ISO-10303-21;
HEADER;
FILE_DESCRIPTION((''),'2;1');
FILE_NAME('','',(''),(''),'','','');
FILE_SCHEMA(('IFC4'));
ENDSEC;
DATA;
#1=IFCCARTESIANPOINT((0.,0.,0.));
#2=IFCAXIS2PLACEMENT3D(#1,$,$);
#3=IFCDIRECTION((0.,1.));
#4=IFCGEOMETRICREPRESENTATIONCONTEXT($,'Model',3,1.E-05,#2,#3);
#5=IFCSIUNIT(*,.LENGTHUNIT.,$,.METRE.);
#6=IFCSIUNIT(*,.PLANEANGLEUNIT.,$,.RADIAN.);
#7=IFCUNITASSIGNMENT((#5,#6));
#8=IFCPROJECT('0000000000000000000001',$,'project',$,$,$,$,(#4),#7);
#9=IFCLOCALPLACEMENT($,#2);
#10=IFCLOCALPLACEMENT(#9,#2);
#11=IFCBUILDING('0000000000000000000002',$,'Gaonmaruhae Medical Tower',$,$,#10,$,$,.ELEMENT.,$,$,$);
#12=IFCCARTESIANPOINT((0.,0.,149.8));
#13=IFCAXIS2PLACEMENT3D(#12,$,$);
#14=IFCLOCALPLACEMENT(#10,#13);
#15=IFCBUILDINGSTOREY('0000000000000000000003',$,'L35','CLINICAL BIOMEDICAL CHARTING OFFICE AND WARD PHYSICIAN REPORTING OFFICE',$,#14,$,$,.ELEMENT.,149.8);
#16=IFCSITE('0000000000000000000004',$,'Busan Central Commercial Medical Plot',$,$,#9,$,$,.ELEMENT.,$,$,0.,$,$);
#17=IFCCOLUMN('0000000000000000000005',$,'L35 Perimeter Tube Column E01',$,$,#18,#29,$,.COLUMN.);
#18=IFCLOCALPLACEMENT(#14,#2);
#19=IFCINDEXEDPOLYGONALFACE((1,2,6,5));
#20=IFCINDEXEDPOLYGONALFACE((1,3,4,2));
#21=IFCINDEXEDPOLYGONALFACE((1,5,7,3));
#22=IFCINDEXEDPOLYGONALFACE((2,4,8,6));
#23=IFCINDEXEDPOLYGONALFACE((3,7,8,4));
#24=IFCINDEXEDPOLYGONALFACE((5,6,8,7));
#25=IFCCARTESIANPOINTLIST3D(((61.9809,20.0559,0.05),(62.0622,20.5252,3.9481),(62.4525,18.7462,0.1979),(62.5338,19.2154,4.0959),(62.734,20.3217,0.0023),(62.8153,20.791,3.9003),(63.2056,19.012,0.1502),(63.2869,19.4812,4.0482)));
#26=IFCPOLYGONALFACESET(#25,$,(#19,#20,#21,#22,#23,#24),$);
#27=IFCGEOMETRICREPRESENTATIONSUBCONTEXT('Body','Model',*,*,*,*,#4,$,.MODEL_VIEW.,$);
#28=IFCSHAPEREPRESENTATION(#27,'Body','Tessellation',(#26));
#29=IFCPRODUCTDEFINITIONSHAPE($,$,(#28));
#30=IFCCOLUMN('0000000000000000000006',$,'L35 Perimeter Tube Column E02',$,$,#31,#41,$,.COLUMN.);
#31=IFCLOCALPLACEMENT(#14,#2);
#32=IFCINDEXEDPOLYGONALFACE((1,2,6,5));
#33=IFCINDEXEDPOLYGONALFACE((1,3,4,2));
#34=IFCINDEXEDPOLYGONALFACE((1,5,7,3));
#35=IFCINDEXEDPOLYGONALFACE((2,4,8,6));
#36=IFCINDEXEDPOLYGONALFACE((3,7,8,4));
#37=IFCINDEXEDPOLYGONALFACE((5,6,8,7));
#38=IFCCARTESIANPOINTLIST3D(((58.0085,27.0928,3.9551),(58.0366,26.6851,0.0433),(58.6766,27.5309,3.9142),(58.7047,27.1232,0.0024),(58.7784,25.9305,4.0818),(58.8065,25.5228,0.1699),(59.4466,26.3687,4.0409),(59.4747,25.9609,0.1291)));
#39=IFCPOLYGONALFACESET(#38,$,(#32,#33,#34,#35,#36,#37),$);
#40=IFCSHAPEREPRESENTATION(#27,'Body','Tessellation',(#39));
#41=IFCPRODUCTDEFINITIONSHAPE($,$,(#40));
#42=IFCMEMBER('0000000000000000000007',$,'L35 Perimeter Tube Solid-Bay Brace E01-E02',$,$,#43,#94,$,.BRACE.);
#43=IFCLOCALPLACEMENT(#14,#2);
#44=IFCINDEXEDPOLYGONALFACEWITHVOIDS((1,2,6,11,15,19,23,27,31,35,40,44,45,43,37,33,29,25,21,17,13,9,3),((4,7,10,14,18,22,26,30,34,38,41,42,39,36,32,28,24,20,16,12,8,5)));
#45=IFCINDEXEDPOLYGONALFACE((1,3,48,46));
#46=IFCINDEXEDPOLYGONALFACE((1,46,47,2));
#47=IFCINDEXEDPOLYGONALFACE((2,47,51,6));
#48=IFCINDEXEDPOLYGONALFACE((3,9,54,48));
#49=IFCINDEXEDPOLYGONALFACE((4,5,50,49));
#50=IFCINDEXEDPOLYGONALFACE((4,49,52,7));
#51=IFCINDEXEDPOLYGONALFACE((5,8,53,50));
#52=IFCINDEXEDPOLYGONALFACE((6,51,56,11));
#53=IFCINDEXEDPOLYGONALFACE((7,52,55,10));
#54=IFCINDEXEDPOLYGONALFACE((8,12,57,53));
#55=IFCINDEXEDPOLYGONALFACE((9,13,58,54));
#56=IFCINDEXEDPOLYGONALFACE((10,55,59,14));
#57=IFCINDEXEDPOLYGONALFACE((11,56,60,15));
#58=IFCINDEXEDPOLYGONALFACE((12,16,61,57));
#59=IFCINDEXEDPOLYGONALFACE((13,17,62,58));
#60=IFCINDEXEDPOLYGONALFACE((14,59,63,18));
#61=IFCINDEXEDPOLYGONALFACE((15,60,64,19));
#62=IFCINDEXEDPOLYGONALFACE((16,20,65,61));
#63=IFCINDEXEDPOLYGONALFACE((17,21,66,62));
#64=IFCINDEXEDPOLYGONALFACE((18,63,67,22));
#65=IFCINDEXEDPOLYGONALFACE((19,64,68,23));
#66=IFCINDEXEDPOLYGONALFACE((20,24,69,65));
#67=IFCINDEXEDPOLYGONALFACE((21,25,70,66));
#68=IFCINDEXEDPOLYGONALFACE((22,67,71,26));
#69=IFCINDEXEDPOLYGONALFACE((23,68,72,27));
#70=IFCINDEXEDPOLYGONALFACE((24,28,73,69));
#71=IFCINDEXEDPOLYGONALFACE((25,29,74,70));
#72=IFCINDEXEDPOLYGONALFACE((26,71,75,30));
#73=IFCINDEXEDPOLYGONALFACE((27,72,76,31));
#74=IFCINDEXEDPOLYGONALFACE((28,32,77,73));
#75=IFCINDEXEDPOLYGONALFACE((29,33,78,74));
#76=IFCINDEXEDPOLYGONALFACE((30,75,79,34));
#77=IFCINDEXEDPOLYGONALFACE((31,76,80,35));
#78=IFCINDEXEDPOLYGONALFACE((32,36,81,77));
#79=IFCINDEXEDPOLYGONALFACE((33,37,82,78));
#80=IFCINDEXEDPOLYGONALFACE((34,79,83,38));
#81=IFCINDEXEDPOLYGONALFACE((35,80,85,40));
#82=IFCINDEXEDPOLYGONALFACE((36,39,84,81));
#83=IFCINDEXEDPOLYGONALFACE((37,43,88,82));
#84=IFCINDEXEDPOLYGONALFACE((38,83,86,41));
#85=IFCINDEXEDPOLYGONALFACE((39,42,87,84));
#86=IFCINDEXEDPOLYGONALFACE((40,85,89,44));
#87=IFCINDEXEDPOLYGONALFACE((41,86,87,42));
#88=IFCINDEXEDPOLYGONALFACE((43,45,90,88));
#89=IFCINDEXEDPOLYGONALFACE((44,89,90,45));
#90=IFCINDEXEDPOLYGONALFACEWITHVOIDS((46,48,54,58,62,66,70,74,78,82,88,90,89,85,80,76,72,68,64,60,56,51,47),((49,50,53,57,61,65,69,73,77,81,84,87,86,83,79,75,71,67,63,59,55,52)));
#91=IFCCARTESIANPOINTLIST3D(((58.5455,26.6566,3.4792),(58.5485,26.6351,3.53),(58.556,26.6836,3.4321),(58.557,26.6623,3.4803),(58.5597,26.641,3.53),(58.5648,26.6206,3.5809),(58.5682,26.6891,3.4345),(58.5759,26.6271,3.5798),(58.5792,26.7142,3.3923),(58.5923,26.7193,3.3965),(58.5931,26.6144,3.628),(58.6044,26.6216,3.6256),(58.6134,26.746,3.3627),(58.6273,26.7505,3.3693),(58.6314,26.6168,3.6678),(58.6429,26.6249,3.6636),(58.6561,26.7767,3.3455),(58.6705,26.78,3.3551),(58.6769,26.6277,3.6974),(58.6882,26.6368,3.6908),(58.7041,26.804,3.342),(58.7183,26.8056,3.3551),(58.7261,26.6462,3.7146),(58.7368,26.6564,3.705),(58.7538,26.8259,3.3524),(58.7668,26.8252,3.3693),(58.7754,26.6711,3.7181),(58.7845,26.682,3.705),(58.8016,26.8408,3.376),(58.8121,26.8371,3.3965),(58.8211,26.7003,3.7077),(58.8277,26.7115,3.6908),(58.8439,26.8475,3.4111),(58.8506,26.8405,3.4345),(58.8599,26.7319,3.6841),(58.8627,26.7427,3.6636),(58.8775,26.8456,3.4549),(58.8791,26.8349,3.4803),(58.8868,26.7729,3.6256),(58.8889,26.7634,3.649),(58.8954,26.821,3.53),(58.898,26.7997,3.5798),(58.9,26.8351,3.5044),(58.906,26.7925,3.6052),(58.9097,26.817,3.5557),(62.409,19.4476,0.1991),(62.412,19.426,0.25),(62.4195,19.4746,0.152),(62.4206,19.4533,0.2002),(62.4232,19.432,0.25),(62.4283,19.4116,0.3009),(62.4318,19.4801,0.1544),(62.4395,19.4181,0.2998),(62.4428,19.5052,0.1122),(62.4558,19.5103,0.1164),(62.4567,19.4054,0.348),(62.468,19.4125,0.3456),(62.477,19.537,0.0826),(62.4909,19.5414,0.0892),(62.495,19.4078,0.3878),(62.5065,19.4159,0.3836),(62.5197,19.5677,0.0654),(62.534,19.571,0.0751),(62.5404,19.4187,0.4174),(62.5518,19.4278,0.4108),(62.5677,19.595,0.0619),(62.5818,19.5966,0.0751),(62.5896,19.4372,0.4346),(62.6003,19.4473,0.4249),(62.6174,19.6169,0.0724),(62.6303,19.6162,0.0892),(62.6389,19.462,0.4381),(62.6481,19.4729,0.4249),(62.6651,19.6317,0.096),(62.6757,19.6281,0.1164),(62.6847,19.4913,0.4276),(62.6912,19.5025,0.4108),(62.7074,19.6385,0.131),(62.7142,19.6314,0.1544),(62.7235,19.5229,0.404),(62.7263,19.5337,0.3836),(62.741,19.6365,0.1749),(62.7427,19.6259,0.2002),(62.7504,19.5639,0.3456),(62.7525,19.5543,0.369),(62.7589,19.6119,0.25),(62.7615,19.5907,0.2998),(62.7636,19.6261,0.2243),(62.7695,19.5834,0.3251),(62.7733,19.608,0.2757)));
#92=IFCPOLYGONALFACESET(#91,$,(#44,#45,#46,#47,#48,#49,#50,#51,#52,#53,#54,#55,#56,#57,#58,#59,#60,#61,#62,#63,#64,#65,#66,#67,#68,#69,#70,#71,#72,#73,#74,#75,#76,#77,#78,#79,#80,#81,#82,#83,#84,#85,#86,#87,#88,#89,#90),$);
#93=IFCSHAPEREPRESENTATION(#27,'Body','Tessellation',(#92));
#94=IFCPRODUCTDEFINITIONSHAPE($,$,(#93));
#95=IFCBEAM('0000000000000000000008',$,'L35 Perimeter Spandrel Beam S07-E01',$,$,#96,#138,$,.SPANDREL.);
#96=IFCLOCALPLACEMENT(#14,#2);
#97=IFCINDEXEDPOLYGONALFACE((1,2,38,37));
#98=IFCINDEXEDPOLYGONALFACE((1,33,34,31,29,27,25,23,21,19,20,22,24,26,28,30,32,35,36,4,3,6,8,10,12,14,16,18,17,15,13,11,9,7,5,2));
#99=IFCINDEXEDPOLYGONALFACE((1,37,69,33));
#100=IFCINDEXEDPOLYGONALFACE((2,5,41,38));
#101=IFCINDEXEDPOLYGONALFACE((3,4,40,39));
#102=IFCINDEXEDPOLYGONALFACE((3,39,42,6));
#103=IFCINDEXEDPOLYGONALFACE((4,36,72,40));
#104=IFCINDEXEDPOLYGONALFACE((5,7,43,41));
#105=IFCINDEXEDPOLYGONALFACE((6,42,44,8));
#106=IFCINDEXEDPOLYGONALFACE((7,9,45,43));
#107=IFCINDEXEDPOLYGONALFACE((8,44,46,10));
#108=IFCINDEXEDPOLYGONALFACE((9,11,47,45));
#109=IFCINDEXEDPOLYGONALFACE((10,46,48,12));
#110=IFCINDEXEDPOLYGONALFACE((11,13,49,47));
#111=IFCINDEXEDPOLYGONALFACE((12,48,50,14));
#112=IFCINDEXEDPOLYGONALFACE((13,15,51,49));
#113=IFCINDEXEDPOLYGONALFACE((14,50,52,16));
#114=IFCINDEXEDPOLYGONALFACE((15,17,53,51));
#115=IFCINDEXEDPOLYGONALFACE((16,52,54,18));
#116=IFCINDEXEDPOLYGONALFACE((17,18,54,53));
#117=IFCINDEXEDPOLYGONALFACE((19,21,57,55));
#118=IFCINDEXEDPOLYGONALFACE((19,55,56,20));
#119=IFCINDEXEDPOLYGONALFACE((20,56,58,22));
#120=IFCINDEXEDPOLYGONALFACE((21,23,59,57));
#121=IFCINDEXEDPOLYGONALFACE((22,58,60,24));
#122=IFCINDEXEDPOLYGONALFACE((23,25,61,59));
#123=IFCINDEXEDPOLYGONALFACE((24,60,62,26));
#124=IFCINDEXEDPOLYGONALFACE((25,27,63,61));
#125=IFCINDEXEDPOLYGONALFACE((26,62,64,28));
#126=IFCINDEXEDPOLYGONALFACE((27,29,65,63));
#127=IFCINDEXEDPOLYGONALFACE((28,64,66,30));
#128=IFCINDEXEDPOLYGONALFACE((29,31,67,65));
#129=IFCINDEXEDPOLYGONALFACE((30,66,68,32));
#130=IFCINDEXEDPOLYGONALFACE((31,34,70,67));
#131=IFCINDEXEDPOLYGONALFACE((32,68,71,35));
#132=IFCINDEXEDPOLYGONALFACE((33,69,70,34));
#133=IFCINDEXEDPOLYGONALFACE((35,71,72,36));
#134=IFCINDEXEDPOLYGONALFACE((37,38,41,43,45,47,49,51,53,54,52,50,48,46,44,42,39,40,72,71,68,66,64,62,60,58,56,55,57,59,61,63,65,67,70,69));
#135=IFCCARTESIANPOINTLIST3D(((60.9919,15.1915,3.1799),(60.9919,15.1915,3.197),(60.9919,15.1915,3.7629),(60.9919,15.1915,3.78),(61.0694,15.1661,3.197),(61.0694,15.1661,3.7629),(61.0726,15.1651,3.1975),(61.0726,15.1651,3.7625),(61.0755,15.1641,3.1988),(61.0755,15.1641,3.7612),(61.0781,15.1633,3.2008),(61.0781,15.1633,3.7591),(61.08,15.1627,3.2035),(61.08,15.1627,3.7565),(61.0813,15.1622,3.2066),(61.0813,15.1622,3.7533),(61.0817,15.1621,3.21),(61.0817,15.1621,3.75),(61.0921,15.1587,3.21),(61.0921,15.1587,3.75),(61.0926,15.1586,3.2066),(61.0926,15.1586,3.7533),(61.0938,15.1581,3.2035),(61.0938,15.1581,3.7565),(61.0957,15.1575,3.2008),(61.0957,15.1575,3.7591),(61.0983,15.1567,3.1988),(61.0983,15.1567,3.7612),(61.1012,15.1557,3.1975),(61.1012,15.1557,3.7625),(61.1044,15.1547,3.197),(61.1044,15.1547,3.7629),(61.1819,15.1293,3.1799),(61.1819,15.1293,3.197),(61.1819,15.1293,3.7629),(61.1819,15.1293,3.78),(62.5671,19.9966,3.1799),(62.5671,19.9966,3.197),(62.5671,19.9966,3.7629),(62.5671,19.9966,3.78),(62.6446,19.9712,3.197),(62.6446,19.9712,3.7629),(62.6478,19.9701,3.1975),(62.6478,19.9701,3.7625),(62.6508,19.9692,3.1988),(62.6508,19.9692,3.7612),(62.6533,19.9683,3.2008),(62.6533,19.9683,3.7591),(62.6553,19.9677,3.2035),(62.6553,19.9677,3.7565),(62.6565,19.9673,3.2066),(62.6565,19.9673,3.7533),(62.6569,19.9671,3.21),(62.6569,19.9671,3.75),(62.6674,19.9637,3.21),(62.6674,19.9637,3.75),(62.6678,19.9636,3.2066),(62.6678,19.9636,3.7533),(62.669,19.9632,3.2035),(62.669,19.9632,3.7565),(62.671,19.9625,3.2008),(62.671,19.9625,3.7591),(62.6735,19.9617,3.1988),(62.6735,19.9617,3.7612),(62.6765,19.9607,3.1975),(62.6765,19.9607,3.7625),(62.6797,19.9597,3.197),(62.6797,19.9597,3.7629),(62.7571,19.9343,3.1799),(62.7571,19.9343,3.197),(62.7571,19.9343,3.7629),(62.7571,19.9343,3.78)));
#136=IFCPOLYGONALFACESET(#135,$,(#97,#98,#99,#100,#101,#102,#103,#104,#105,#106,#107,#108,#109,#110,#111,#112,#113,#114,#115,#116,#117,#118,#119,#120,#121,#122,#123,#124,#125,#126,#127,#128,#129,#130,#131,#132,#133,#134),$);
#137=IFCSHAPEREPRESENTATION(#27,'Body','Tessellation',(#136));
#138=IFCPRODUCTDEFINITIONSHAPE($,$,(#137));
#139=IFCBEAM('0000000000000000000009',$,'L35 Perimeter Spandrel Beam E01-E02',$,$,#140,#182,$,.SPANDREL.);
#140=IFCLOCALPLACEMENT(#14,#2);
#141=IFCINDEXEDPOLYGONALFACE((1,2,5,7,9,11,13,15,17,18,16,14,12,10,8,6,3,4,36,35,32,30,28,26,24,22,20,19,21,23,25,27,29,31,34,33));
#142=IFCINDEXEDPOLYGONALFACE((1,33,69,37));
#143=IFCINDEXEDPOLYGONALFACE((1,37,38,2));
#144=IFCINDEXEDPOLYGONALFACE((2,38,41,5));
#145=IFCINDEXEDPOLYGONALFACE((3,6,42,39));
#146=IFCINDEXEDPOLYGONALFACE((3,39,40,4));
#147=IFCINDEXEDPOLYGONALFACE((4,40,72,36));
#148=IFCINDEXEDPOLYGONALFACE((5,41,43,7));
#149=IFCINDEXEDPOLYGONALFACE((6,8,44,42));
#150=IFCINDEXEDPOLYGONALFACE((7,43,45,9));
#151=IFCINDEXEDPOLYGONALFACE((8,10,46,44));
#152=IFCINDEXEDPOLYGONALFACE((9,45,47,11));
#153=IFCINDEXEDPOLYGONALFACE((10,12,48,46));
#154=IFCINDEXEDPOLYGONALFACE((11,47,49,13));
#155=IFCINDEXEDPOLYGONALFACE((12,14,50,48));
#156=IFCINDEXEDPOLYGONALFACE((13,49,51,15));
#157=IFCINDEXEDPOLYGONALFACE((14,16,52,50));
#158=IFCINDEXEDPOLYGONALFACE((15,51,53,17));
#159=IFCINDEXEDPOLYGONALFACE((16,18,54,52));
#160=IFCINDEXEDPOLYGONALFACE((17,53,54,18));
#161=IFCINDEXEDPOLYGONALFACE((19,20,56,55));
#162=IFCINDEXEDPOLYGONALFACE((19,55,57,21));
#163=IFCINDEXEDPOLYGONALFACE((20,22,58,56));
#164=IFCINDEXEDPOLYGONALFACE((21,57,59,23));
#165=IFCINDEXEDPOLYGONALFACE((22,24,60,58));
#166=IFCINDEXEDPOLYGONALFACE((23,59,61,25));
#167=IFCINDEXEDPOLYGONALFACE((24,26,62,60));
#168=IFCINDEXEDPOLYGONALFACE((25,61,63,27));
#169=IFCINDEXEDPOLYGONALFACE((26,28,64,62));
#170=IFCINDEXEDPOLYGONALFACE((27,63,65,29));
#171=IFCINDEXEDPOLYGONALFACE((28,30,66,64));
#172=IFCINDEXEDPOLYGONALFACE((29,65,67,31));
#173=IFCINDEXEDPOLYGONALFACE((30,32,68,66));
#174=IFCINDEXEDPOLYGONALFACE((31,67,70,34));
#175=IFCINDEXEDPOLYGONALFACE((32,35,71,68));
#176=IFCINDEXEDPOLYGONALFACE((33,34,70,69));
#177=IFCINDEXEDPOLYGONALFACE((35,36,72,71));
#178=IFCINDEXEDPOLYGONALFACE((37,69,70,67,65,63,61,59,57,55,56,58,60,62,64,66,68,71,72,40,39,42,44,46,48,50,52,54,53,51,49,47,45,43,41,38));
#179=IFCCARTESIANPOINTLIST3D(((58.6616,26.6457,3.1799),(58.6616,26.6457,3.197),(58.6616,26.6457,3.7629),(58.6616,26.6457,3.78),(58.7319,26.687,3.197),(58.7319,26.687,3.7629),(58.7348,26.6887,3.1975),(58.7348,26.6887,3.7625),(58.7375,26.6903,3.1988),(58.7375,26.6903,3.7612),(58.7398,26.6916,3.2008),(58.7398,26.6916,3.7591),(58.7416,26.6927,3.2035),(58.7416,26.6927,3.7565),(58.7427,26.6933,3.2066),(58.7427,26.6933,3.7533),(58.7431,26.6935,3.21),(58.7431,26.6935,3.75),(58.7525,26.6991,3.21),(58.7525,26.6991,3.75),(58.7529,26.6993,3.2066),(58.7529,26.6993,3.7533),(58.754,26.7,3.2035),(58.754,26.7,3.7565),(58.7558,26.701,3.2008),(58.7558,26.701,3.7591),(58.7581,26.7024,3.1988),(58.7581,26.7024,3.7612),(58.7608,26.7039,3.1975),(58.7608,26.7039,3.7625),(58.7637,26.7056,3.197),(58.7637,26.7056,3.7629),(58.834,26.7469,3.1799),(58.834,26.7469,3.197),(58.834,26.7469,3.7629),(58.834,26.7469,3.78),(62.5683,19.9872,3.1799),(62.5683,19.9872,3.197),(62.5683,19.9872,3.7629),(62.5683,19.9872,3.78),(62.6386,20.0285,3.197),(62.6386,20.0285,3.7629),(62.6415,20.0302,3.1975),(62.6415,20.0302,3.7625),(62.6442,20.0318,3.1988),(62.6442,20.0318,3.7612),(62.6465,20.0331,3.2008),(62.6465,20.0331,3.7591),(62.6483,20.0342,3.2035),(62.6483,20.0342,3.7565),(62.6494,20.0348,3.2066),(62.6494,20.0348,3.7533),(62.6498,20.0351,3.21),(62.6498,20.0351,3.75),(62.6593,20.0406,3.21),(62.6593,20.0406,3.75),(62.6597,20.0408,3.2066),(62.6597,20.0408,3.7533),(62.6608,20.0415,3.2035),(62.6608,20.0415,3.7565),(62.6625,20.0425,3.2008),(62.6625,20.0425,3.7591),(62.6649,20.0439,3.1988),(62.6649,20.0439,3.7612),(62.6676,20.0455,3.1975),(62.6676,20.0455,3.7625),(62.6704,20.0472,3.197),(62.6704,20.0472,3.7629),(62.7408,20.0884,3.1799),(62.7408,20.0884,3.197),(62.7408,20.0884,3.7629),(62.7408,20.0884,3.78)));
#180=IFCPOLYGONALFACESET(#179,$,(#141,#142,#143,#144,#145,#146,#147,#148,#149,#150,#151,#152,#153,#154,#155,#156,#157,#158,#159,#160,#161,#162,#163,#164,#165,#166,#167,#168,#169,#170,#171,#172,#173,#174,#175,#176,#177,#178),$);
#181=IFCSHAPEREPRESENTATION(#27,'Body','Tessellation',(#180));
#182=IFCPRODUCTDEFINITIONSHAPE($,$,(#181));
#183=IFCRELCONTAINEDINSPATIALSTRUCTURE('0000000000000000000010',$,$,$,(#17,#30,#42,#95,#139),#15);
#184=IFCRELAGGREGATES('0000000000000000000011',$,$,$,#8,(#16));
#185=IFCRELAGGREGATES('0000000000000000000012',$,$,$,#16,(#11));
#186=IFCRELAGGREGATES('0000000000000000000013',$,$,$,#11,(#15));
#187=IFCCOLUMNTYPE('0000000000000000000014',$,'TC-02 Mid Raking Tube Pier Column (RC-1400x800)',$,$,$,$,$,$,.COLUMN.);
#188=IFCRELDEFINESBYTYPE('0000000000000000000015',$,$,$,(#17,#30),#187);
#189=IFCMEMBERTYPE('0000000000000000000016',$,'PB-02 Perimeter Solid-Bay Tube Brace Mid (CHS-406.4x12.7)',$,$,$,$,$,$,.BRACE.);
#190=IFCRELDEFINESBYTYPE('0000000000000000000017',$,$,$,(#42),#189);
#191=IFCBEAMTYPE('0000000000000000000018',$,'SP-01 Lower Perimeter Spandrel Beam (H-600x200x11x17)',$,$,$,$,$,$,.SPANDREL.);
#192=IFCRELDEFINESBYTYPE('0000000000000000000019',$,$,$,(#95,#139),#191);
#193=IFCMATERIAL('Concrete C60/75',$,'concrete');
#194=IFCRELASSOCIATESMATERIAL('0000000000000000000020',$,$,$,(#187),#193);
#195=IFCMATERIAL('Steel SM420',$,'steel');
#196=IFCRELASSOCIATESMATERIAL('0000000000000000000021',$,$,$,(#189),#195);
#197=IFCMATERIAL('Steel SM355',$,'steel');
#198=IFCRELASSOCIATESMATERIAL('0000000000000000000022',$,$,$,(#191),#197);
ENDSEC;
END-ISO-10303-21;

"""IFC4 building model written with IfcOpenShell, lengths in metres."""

from ifc_helpers import new_model, si_unit, direction, frame, origin, origin_2d, place, context, subcontext, project, spatial, rectangle, hollow_circle, i_section, extrude, material, material_profile, profile_set, type_object, element, save


model = new_model("IFC4")

# Units and contexts
model_context = context("Model", 3, precision=1e-05, world=origin(), true_north=direction((0.0, 1.0)))
body_context = subcontext(model_context, "Body", "Model", "MODEL_VIEW")
ifc_project = project(units=[si_unit("LENGTHUNIT", "METRE"), si_unit("PLANEANGLEUNIT", "RADIAN")], contexts=[model_context])

# Site, building, storey
site_placement = place(None, origin())
site = spatial("IfcSite", under=ifc_project, at=site_placement, Name="Busan Central Commercial Medical Plot", CompositionType="ELEMENT", RefElevation=0.0)
building_placement = place(site_placement, origin())
building = spatial("IfcBuilding", under=site, at=building_placement, Name="Gaonmaruhae Medical Tower", CompositionType="ELEMENT")
storey_placement = place(building_placement, frame((0.0, 0.0, 149.8)))
storey = spatial("IfcBuildingStorey", under=building, at=storey_placement, Name="L35", Description="CLINICAL BIOMEDICAL CHARTING OFFICE AND WARD PHYSICIAN REPORTING OFFICE", CompositionType="ELEMENT", Elevation=149.8)

# Columns
ifc_material_1 = material(Name="Concrete C60/75", Category="concrete")
ifc_material_profile_1 = material_profile(ifc_material_1, rectangle(XDim=1.3999, YDim=0.8, at=origin_2d()), Name="RC-1400x800")
ifc_profile_set_1 = profile_set([ifc_material_profile_1], Name="Concrete C60/75")
column_type = type_object("IfcColumnType", Name="TC-02 Mid Raking Tube Pier Column (RC-1400x800)", PredefinedType="COLUMN", material=ifc_profile_set_1)
column_1_placement = place(storey_placement, frame((62.5933, 19.5339, 0.1001), z_axis=(0.020703, 0.119492, 0.992619), x_axis=(0.336889, -0.935604, 0.105602)))
element("IfcColumn", 1, at=column_1_placement, inside=storey, type_object=column_type, Name="L35 Perimeter Tube Column E01", PredefinedType="COLUMN", context=body_context, shape_type="SweptSolid", body=[
    extrude(rectangle(XDim=1.3999, YDim=0.8, at=origin_2d()), origin(), (0.0, 0.0, 1.0), 3.927),
])
column_2_placement = place(storey_placement, frame((58.7556, 26.323, 0.0862), z_axis=(-0.007138, 0.103661, 0.994587), x_axis=(0.550001, -0.830248, 0.09048)))
element("IfcColumn", 2, at=column_2_placement, inside=storey, type_object=column_type, Name="L35 Perimeter Tube Column E02", PredefinedType="COLUMN", context=body_context, shape_type="SweptSolid", body=[
    extrude(rectangle(XDim=1.3999, YDim=0.8, at=origin_2d()), origin(), (0.0, 0.0, 1.0), 3.9331),
])

# Member
ifc_material_2 = material(Name="Steel SM420", Category="steel")
ifc_material_profile_2 = material_profile(ifc_material_2, hollow_circle(Radius=0.2031, WallThickness=0.0127, at=origin_2d()), Name="CHS-406.4x12.7")
ifc_profile_set_2 = profile_set([ifc_material_profile_2], Name="Steel SM420")
member_type = type_object("IfcMemberType", Name="PB-02 Perimeter Solid-Bay Tube Brace Mid (CHS-406.4x12.7)", PredefinedType="BRACE", material=ifc_profile_set_2)
member_placement = place(storey_placement, frame((62.5911, 19.522, 0.25), z_axis=(-0.438429, 0.818069, 0.372215), x_axis=(-0.8814, -0.472371, 0.0)))
element("IfcMember", 3, at=member_placement, inside=storey, type_object=member_type, Name="L35 Perimeter Tube Solid-Bay Brace E01-E02", PredefinedType="BRACE", context=body_context, shape_type="SweptSolid", body=[
    extrude(hollow_circle(Radius=0.2031, WallThickness=0.0127, at=origin_2d()), origin(), (0.0, 0.0, 1.0), 8.8123),
])

# Beams
ifc_material_3 = material(Name="Steel SM355", Category="steel")
ifc_material_profile_3 = material_profile(ifc_material_3, i_section(OverallWidth=0.2, OverallDepth=0.6001, WebThickness=0.011, FlangeThickness=0.0171, FilletRadius=0.0129, at=origin_2d()), Name="H-600x200x11x17")
ifc_profile_set_3 = profile_set([ifc_material_profile_3], Name="Steel SM355")
beam_type = type_object("IfcBeamType", Name="SP-01 Lower Perimeter Spandrel Beam (H-600x200x11x17)", PredefinedType="SPANDREL", material=ifc_profile_set_3)
beam_1_placement = place(storey_placement, frame((61.0869, 15.1604, 3.48), z_axis=(0.311516, 0.950241, 0.0), x_axis=(-0.950241, 0.311516, 0.0)))
element("IfcBeam", 4, at=beam_1_placement, inside=storey, type_object=beam_type, Name="L35 Perimeter Spandrel Beam S07-E01", PredefinedType="SPANDREL", context=body_context, shape_type="SweptSolid", body=[
    extrude(i_section(OverallWidth=0.2, OverallDepth=0.6001, WebThickness=0.011, FlangeThickness=0.0171, FilletRadius=0.0129, at=origin_2d()), origin(), (0.0, 0.0, 1.0), 5.0566),
])
beam_2_placement = place(storey_placement, frame((62.6545, 20.0378, 3.48), z_axis=(-0.506058, 0.8625, 0.0), x_axis=(-0.8625, -0.506058, 0.0)))
element("IfcBeam", 5, at=beam_2_placement, inside=storey, type_object=beam_type, Name="L35 Perimeter Spandrel Beam E01-E02", PredefinedType="SPANDREL", context=body_context, shape_type="SweptSolid", body=[
    extrude(i_section(OverallWidth=0.2, OverallDepth=0.6001, WebThickness=0.011, FlangeThickness=0.0171, FilletRadius=0.0129, at=origin_2d()), origin(), (0.0, 0.0, 1.0), 7.72),
])

save(model, "model.ifc")
